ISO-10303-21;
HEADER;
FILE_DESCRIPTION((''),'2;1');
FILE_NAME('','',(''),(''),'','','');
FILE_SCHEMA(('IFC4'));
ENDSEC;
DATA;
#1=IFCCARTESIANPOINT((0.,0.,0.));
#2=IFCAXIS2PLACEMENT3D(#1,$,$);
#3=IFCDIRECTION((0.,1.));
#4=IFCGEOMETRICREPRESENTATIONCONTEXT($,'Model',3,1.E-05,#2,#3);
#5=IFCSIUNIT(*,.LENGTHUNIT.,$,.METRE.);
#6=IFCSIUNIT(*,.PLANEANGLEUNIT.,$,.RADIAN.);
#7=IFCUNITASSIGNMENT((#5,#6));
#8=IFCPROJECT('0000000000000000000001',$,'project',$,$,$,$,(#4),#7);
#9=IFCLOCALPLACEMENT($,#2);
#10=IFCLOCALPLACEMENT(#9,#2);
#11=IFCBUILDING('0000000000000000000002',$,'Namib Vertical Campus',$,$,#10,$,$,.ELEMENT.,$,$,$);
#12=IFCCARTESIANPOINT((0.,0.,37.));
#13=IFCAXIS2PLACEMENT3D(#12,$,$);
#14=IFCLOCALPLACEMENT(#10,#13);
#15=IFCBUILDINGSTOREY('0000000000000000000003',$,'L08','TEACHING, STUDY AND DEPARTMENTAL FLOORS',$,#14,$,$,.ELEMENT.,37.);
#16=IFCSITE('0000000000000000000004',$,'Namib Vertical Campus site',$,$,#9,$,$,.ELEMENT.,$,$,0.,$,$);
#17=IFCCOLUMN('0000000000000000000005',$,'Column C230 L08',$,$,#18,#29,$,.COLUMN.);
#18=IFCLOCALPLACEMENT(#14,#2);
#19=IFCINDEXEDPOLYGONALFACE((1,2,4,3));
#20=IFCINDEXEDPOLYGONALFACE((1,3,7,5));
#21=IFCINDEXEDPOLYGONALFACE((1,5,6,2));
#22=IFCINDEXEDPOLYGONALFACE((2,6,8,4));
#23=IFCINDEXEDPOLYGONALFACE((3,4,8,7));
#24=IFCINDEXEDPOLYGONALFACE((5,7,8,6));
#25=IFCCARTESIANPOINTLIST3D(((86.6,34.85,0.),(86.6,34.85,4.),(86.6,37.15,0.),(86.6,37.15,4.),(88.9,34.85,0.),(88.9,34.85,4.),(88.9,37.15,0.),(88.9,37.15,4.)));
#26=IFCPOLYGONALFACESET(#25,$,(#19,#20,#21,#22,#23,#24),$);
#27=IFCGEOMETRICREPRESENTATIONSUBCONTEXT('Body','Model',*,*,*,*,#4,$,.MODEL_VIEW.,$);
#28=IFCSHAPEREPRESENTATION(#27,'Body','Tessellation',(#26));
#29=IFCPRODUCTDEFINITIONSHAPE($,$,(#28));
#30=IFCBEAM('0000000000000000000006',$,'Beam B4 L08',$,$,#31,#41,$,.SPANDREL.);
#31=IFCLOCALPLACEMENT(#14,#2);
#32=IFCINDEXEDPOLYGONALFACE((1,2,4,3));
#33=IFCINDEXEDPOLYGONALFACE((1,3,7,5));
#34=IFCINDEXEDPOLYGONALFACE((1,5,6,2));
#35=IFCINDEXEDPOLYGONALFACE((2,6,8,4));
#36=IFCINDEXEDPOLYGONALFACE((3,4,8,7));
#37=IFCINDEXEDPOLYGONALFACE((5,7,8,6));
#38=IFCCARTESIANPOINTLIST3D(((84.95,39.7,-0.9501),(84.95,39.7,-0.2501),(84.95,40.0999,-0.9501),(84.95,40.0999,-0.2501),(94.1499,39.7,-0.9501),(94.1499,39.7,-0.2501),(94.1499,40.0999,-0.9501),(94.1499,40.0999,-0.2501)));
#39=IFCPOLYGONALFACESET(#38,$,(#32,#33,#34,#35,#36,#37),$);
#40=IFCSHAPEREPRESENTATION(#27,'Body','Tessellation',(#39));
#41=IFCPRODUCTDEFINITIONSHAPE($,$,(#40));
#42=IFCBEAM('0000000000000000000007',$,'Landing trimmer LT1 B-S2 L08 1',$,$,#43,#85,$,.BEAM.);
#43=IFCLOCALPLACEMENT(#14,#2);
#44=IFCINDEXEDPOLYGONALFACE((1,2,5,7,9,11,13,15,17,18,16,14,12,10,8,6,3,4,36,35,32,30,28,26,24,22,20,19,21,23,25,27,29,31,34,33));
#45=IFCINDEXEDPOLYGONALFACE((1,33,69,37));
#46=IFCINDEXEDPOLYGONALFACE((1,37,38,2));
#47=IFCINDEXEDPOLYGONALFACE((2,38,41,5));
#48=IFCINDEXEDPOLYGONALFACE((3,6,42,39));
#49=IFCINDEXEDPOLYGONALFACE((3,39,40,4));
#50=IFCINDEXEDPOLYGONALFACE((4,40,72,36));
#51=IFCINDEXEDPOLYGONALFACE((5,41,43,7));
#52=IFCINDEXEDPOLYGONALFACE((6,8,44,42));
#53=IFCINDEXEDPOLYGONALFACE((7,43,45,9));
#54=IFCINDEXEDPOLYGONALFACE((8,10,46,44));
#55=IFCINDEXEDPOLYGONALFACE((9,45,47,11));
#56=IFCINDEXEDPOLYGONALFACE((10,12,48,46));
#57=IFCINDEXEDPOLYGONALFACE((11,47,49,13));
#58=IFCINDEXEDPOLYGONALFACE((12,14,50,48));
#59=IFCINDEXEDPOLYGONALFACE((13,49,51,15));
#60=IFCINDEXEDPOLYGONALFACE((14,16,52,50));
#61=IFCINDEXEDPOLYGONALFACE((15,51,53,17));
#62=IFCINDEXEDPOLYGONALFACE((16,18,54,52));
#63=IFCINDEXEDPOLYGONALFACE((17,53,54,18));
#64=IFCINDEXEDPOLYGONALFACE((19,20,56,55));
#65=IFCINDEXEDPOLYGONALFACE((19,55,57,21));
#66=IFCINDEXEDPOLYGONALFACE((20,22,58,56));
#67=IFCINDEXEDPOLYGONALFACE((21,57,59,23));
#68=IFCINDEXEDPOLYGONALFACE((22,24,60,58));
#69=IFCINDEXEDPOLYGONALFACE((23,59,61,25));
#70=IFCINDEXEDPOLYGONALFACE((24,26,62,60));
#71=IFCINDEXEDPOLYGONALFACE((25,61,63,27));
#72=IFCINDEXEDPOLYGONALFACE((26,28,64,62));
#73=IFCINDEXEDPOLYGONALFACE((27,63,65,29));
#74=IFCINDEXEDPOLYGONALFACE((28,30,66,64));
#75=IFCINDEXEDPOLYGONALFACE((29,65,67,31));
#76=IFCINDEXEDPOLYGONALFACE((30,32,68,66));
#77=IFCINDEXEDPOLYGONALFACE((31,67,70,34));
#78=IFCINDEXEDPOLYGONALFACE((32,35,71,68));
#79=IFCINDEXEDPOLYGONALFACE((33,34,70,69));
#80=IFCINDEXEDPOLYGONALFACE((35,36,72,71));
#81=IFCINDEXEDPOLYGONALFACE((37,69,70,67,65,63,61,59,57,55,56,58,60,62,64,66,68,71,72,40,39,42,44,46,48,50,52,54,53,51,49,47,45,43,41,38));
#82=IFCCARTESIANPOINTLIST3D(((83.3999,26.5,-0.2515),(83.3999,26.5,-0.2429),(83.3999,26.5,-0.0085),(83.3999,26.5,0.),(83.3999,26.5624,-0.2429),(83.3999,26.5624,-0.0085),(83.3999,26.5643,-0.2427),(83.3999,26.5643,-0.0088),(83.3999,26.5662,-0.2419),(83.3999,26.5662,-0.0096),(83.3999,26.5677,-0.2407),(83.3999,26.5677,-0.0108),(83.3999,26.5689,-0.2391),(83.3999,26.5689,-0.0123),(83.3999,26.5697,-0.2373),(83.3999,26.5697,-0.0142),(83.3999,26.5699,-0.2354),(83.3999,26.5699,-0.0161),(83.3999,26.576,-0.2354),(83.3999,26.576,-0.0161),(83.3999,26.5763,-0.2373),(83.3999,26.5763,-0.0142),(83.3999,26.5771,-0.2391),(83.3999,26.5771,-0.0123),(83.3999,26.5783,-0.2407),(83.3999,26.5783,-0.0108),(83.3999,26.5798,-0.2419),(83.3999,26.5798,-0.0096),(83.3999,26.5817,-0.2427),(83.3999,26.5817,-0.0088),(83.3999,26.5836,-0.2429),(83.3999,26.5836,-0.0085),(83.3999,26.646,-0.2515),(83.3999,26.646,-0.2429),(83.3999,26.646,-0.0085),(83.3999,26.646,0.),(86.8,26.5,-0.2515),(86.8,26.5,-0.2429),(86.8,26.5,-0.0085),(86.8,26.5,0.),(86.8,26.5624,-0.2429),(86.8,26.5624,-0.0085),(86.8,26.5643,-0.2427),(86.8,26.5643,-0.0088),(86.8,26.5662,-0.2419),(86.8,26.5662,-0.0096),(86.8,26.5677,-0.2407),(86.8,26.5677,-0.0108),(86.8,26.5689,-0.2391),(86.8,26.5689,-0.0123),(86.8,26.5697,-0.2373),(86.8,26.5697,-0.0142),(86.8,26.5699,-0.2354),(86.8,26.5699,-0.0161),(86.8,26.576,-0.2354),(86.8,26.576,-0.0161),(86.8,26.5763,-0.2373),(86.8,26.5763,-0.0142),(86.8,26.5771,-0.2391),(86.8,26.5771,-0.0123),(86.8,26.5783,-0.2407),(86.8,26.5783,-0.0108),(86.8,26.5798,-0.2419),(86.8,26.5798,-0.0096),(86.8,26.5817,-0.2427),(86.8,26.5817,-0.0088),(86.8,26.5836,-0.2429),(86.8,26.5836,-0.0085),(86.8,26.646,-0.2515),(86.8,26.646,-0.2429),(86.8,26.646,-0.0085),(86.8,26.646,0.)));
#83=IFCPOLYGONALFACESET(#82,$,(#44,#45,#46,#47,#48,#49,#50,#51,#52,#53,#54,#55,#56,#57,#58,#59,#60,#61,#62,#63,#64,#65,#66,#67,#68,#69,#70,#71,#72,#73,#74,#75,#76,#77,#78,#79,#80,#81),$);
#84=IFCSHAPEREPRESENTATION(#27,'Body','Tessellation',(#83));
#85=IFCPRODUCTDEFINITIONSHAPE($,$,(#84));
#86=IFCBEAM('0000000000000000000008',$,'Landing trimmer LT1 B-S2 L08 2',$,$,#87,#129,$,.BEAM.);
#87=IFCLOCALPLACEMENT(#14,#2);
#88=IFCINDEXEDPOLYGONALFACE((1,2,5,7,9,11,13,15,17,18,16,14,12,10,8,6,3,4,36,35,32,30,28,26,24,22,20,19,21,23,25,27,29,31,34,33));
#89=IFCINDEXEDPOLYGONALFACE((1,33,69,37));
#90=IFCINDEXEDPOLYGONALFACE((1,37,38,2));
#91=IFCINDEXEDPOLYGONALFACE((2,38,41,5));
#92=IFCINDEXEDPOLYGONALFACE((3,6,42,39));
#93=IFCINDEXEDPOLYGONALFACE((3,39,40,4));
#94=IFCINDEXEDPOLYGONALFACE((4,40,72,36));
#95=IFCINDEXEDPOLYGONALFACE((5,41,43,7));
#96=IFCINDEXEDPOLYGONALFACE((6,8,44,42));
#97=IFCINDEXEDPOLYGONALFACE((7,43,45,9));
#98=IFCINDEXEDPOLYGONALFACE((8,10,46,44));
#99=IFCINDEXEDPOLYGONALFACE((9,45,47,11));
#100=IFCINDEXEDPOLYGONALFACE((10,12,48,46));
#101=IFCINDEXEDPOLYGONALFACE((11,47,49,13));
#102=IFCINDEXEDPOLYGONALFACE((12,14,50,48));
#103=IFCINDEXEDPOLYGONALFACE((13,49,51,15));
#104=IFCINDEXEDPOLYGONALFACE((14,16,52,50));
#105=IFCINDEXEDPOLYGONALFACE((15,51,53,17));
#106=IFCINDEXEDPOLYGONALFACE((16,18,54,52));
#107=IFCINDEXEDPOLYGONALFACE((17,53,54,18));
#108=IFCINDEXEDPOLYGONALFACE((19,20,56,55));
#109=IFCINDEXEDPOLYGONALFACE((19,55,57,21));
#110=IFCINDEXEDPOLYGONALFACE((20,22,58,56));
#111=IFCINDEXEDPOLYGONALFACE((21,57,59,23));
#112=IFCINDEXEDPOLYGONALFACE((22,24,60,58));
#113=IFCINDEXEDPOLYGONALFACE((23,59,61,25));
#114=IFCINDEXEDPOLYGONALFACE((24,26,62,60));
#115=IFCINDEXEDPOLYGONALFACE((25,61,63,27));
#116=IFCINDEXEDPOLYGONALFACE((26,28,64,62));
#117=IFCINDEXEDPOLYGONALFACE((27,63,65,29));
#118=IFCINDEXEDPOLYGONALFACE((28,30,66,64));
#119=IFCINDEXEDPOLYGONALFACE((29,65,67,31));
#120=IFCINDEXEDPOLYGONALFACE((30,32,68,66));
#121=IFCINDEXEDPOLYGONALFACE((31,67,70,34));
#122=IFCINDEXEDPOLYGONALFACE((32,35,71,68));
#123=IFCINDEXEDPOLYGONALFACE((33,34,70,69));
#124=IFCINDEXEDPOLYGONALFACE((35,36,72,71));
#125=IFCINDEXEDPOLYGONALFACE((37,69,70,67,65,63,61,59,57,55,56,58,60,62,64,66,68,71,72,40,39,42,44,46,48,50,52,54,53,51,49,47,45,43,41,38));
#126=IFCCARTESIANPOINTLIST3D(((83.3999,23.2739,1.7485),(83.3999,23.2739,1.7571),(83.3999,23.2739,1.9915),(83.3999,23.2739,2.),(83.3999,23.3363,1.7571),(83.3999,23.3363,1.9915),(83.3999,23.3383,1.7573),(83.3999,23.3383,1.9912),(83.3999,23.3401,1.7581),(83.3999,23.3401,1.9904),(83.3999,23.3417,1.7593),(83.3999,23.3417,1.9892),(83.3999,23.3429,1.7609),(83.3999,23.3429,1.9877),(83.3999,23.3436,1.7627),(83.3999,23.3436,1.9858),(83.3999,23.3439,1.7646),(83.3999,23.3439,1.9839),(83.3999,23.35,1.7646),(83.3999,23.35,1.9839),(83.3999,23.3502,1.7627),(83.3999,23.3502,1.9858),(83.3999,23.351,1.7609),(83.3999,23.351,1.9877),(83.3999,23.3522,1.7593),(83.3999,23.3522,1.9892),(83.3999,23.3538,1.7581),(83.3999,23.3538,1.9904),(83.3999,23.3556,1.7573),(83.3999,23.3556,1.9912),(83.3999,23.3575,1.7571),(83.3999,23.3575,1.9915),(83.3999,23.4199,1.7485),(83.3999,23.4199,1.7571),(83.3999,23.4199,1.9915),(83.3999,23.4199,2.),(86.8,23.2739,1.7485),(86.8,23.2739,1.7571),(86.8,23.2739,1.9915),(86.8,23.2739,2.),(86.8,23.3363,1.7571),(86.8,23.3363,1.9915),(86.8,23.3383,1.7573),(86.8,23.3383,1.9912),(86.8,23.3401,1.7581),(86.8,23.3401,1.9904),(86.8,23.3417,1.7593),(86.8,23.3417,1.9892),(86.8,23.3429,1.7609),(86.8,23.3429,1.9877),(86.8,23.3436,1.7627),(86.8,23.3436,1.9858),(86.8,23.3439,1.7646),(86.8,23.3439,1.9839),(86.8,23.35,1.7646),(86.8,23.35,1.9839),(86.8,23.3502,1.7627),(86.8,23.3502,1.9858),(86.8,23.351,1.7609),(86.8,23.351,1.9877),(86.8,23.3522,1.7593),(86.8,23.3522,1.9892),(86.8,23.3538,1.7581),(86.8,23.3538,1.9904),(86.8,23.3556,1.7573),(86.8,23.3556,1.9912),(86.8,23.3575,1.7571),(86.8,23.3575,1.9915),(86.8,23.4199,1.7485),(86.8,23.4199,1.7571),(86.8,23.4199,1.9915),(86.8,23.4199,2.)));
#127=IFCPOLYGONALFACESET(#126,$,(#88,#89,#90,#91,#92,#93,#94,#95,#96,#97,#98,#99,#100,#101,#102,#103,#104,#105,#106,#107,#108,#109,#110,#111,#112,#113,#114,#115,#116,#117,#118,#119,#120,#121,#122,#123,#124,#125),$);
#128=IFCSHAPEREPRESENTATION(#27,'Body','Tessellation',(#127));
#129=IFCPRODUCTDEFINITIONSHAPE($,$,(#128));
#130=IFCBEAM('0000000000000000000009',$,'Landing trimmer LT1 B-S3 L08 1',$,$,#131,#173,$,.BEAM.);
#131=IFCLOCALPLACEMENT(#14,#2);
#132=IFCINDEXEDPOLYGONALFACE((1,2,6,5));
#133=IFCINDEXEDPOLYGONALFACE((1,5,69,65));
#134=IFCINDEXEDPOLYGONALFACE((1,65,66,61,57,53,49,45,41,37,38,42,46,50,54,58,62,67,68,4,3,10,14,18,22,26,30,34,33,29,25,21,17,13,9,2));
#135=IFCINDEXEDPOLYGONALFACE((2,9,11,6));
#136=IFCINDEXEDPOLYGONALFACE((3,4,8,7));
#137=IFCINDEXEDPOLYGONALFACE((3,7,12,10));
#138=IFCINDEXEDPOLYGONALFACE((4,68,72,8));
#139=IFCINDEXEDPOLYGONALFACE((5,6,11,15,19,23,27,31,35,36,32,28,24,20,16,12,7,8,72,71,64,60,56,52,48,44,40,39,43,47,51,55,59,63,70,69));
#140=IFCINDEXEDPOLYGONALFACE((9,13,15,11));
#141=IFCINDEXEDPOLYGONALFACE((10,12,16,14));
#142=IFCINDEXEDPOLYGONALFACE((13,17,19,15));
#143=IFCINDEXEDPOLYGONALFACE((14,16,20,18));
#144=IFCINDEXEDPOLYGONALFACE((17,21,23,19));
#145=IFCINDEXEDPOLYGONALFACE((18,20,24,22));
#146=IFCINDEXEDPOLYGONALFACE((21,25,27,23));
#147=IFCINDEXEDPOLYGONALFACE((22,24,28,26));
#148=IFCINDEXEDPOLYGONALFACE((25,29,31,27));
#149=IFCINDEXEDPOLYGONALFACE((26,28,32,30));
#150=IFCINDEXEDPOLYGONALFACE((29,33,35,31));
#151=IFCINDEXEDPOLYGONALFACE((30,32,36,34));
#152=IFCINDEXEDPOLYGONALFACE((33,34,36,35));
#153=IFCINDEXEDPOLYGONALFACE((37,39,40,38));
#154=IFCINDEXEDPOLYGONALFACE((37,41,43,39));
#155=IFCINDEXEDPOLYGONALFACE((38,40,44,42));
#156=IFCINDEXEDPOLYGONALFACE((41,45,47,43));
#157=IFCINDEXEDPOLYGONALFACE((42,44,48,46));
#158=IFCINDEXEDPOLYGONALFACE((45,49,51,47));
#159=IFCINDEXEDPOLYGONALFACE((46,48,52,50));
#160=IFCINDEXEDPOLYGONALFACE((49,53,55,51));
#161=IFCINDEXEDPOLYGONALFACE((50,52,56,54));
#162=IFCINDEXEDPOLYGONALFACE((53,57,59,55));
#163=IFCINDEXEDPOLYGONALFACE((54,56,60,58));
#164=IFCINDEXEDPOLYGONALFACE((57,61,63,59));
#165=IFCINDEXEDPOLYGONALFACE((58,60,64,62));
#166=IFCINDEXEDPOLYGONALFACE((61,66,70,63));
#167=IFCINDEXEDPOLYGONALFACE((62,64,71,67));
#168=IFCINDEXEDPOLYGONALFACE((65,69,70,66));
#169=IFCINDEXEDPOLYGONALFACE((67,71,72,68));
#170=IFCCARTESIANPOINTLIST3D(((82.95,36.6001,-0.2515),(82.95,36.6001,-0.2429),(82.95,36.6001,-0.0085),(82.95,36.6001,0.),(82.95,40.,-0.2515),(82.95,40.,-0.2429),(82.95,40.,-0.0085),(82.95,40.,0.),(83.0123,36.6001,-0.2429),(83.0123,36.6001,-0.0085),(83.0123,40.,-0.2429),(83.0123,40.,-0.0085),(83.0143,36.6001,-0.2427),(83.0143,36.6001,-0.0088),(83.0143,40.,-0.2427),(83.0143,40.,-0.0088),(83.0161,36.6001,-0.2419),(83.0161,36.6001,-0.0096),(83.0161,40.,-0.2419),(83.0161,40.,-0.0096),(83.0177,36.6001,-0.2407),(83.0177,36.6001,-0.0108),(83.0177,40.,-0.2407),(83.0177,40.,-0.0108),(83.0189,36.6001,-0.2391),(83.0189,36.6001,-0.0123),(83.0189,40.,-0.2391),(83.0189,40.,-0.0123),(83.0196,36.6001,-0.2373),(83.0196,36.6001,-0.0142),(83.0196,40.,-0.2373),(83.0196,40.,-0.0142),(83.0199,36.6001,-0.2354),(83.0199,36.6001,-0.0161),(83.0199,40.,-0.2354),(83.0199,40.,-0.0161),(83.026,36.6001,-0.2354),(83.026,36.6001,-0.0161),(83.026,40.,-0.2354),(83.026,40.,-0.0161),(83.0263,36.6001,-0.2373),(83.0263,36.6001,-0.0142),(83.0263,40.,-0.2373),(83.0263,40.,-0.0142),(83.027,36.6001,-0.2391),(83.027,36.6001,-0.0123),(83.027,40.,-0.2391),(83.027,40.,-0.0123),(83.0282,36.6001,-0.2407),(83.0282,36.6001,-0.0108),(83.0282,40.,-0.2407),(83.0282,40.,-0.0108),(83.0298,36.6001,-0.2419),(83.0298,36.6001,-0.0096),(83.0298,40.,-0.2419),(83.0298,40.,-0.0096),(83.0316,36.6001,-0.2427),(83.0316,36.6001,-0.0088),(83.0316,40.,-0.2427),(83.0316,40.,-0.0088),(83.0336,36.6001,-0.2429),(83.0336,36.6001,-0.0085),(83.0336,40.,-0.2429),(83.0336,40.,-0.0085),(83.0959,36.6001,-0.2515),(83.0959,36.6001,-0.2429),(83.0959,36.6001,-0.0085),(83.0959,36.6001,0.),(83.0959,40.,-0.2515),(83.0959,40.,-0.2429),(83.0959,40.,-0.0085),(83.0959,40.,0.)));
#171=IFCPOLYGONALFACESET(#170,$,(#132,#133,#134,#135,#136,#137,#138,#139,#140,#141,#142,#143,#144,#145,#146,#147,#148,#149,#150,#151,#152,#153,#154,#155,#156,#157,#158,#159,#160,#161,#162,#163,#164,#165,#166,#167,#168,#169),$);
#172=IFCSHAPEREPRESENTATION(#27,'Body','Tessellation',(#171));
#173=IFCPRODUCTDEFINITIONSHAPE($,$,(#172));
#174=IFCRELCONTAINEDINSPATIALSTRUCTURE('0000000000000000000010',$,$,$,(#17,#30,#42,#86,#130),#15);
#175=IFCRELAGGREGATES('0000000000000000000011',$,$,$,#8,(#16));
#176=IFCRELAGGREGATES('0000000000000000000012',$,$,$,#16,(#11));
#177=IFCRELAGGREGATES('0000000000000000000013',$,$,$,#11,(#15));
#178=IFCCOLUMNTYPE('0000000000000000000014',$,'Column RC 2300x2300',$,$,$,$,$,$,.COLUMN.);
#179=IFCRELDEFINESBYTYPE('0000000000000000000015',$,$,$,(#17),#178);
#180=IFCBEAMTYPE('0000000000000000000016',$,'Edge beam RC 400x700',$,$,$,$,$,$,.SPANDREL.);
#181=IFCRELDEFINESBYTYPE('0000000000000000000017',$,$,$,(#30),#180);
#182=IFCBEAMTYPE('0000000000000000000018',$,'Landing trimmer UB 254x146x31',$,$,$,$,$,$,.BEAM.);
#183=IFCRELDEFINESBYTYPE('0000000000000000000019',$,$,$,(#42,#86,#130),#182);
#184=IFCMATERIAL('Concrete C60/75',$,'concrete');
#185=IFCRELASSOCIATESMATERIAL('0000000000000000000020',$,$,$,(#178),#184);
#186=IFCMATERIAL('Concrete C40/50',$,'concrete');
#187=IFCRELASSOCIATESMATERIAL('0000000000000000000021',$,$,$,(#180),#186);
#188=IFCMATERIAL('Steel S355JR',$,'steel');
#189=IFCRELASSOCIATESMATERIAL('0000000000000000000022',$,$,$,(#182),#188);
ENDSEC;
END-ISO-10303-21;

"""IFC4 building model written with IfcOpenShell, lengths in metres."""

from ifc_helpers import new_model, si_unit, direction, frame, origin, origin_2d, place, context, subcontext, project, spatial, rectangle, i_section, extrude, material, material_profile, profile_set, type_object, element, save


model = new_model("IFC4")

# Units and contexts
model_context = context("Model", 3, precision=1e-05, world=origin(), true_north=direction((0.0, 1.0)))
body_context = subcontext(model_context, "Body", "Model", "MODEL_VIEW")
ifc_project = project(units=[si_unit("LENGTHUNIT", "METRE"), si_unit("PLANEANGLEUNIT", "RADIAN")], contexts=[model_context])

# Site, building, storey
site_placement = place(None, origin())
site = spatial("IfcSite", under=ifc_project, at=site_placement, Name="Namib Vertical Campus site", CompositionType="ELEMENT", RefElevation=0.0)
building_placement = place(site_placement, origin())
building = spatial("IfcBuilding", under=site, at=building_placement, Name="Namib Vertical Campus", CompositionType="ELEMENT")
storey_placement = place(building_placement, frame((0.0, 0.0, 37.0)))
storey = spatial("IfcBuildingStorey", under=building, at=storey_placement, Name="L08", Description="TEACHING, STUDY AND DEPARTMENTAL FLOORS", CompositionType="ELEMENT", Elevation=37.0)

# Column
ifc_material_1 = material(Name="Concrete C60/75", Category="concrete")
ifc_material_profile_1 = material_profile(ifc_material_1, rectangle(XDim=2.3, YDim=2.3, at=origin_2d()))
ifc_profile_set_1 = profile_set([ifc_material_profile_1], Name="Concrete C60/75")
column_type = type_object("IfcColumnType", Name="Column RC 2300x2300", PredefinedType="COLUMN", material=ifc_profile_set_1)
column_placement = place(storey_placement, frame((87.75, 36.0, 0.0), z_axis=(0.0, 0.0, 1.0), x_axis=(1.0, 0.0, 0.0)))
element("IfcColumn", 1, at=column_placement, inside=storey, type_object=column_type, Name="Column C230 L08", PredefinedType="COLUMN", context=body_context, shape_type="SweptSolid", body=[
    extrude(rectangle(XDim=2.3, YDim=2.3, at=origin_2d()), origin(), (0.0, 0.0, 1.0), 4.0),
])

# Beams
ifc_material_2 = material(Name="Concrete C40/50", Category="concrete")
ifc_material_profile_2 = material_profile(ifc_material_2, rectangle(XDim=0.3999, YDim=0.7, at=origin_2d()))
ifc_profile_set_2 = profile_set([ifc_material_profile_2], Name="Concrete C40/50")
beam_type_1 = type_object("IfcBeamType", Name="Edge beam RC 400x700", PredefinedType="SPANDREL", material=ifc_profile_set_2)
beam_1_placement = place(storey_placement, frame((84.95, 39.8999, -0.6001), z_axis=(1.0, 0.0, 0.0), x_axis=(0.0, 1.0, 0.0)))
element("IfcBeam", 2, at=beam_1_placement, inside=storey, type_object=beam_type_1, Name="Beam B4 L08", PredefinedType="SPANDREL", context=body_context, shape_type="SweptSolid", body=[
    extrude(rectangle(XDim=0.3999, YDim=0.7, at=origin_2d()), origin(), (0.0, 0.0, 1.0), 9.2),
])
ifc_material_3 = material(Name="Steel S355JR", Category="steel")
ifc_material_profile_3 = material_profile(ifc_material_3, i_section(OverallWidth=0.146, OverallDepth=0.2515, WebThickness=0.0061, FlangeThickness=0.0085, FilletRadius=0.0076, at=origin_2d()))
ifc_profile_set_3 = profile_set([ifc_material_profile_3], Name="Steel S355JR")
beam_type_2 = type_object("IfcBeamType", Name="Landing trimmer UB 254x146x31", PredefinedType="BEAM", material=ifc_profile_set_3)
for number, where, z_axis, x_axis, name in (
    (3, (83.3999, 26.573, -0.1257), (1.0, 0.0, 0.0), (0.0, 1.0, 0.0), "Landing trimmer LT1 B-S2 L08 1"),
    (4, (83.3999, 23.3469, 1.8743), (1.0, 0.0, 0.0), (0.0, 1.0, 0.0), "Landing trimmer LT1 B-S2 L08 2"),
):
    element("IfcBeam", number, at=place(storey_placement, frame(where, z_axis=z_axis, x_axis=x_axis)), inside=storey, type_object=beam_type_2, Name=name, PredefinedType="BEAM", context=body_context, shape_type="SweptSolid", body=[
        extrude(i_section(OverallWidth=0.146, OverallDepth=0.2515, WebThickness=0.0061, FlangeThickness=0.0085, FilletRadius=0.0076, at=origin_2d()), origin(), (0.0, 0.0, 1.0), 3.4001),
    ])
beam_2_placement = place(storey_placement, frame((83.0229, 36.6001, -0.1257), z_axis=(0.0, 1.0, 0.0), x_axis=(-1.0, 0.0, 0.0)))
element("IfcBeam", 5, at=beam_2_placement, inside=storey, type_object=beam_type_2, Name="Landing trimmer LT1 B-S3 L08 1", PredefinedType="BEAM", context=body_context, shape_type="SweptSolid", body=[
    extrude(i_section(OverallWidth=0.146, OverallDepth=0.2515, WebThickness=0.0061, FlangeThickness=0.0085, FilletRadius=0.0076, at=origin_2d()), origin(), (0.0, 0.0, 1.0), 3.3999),
])

save(model, "model.ifc")
